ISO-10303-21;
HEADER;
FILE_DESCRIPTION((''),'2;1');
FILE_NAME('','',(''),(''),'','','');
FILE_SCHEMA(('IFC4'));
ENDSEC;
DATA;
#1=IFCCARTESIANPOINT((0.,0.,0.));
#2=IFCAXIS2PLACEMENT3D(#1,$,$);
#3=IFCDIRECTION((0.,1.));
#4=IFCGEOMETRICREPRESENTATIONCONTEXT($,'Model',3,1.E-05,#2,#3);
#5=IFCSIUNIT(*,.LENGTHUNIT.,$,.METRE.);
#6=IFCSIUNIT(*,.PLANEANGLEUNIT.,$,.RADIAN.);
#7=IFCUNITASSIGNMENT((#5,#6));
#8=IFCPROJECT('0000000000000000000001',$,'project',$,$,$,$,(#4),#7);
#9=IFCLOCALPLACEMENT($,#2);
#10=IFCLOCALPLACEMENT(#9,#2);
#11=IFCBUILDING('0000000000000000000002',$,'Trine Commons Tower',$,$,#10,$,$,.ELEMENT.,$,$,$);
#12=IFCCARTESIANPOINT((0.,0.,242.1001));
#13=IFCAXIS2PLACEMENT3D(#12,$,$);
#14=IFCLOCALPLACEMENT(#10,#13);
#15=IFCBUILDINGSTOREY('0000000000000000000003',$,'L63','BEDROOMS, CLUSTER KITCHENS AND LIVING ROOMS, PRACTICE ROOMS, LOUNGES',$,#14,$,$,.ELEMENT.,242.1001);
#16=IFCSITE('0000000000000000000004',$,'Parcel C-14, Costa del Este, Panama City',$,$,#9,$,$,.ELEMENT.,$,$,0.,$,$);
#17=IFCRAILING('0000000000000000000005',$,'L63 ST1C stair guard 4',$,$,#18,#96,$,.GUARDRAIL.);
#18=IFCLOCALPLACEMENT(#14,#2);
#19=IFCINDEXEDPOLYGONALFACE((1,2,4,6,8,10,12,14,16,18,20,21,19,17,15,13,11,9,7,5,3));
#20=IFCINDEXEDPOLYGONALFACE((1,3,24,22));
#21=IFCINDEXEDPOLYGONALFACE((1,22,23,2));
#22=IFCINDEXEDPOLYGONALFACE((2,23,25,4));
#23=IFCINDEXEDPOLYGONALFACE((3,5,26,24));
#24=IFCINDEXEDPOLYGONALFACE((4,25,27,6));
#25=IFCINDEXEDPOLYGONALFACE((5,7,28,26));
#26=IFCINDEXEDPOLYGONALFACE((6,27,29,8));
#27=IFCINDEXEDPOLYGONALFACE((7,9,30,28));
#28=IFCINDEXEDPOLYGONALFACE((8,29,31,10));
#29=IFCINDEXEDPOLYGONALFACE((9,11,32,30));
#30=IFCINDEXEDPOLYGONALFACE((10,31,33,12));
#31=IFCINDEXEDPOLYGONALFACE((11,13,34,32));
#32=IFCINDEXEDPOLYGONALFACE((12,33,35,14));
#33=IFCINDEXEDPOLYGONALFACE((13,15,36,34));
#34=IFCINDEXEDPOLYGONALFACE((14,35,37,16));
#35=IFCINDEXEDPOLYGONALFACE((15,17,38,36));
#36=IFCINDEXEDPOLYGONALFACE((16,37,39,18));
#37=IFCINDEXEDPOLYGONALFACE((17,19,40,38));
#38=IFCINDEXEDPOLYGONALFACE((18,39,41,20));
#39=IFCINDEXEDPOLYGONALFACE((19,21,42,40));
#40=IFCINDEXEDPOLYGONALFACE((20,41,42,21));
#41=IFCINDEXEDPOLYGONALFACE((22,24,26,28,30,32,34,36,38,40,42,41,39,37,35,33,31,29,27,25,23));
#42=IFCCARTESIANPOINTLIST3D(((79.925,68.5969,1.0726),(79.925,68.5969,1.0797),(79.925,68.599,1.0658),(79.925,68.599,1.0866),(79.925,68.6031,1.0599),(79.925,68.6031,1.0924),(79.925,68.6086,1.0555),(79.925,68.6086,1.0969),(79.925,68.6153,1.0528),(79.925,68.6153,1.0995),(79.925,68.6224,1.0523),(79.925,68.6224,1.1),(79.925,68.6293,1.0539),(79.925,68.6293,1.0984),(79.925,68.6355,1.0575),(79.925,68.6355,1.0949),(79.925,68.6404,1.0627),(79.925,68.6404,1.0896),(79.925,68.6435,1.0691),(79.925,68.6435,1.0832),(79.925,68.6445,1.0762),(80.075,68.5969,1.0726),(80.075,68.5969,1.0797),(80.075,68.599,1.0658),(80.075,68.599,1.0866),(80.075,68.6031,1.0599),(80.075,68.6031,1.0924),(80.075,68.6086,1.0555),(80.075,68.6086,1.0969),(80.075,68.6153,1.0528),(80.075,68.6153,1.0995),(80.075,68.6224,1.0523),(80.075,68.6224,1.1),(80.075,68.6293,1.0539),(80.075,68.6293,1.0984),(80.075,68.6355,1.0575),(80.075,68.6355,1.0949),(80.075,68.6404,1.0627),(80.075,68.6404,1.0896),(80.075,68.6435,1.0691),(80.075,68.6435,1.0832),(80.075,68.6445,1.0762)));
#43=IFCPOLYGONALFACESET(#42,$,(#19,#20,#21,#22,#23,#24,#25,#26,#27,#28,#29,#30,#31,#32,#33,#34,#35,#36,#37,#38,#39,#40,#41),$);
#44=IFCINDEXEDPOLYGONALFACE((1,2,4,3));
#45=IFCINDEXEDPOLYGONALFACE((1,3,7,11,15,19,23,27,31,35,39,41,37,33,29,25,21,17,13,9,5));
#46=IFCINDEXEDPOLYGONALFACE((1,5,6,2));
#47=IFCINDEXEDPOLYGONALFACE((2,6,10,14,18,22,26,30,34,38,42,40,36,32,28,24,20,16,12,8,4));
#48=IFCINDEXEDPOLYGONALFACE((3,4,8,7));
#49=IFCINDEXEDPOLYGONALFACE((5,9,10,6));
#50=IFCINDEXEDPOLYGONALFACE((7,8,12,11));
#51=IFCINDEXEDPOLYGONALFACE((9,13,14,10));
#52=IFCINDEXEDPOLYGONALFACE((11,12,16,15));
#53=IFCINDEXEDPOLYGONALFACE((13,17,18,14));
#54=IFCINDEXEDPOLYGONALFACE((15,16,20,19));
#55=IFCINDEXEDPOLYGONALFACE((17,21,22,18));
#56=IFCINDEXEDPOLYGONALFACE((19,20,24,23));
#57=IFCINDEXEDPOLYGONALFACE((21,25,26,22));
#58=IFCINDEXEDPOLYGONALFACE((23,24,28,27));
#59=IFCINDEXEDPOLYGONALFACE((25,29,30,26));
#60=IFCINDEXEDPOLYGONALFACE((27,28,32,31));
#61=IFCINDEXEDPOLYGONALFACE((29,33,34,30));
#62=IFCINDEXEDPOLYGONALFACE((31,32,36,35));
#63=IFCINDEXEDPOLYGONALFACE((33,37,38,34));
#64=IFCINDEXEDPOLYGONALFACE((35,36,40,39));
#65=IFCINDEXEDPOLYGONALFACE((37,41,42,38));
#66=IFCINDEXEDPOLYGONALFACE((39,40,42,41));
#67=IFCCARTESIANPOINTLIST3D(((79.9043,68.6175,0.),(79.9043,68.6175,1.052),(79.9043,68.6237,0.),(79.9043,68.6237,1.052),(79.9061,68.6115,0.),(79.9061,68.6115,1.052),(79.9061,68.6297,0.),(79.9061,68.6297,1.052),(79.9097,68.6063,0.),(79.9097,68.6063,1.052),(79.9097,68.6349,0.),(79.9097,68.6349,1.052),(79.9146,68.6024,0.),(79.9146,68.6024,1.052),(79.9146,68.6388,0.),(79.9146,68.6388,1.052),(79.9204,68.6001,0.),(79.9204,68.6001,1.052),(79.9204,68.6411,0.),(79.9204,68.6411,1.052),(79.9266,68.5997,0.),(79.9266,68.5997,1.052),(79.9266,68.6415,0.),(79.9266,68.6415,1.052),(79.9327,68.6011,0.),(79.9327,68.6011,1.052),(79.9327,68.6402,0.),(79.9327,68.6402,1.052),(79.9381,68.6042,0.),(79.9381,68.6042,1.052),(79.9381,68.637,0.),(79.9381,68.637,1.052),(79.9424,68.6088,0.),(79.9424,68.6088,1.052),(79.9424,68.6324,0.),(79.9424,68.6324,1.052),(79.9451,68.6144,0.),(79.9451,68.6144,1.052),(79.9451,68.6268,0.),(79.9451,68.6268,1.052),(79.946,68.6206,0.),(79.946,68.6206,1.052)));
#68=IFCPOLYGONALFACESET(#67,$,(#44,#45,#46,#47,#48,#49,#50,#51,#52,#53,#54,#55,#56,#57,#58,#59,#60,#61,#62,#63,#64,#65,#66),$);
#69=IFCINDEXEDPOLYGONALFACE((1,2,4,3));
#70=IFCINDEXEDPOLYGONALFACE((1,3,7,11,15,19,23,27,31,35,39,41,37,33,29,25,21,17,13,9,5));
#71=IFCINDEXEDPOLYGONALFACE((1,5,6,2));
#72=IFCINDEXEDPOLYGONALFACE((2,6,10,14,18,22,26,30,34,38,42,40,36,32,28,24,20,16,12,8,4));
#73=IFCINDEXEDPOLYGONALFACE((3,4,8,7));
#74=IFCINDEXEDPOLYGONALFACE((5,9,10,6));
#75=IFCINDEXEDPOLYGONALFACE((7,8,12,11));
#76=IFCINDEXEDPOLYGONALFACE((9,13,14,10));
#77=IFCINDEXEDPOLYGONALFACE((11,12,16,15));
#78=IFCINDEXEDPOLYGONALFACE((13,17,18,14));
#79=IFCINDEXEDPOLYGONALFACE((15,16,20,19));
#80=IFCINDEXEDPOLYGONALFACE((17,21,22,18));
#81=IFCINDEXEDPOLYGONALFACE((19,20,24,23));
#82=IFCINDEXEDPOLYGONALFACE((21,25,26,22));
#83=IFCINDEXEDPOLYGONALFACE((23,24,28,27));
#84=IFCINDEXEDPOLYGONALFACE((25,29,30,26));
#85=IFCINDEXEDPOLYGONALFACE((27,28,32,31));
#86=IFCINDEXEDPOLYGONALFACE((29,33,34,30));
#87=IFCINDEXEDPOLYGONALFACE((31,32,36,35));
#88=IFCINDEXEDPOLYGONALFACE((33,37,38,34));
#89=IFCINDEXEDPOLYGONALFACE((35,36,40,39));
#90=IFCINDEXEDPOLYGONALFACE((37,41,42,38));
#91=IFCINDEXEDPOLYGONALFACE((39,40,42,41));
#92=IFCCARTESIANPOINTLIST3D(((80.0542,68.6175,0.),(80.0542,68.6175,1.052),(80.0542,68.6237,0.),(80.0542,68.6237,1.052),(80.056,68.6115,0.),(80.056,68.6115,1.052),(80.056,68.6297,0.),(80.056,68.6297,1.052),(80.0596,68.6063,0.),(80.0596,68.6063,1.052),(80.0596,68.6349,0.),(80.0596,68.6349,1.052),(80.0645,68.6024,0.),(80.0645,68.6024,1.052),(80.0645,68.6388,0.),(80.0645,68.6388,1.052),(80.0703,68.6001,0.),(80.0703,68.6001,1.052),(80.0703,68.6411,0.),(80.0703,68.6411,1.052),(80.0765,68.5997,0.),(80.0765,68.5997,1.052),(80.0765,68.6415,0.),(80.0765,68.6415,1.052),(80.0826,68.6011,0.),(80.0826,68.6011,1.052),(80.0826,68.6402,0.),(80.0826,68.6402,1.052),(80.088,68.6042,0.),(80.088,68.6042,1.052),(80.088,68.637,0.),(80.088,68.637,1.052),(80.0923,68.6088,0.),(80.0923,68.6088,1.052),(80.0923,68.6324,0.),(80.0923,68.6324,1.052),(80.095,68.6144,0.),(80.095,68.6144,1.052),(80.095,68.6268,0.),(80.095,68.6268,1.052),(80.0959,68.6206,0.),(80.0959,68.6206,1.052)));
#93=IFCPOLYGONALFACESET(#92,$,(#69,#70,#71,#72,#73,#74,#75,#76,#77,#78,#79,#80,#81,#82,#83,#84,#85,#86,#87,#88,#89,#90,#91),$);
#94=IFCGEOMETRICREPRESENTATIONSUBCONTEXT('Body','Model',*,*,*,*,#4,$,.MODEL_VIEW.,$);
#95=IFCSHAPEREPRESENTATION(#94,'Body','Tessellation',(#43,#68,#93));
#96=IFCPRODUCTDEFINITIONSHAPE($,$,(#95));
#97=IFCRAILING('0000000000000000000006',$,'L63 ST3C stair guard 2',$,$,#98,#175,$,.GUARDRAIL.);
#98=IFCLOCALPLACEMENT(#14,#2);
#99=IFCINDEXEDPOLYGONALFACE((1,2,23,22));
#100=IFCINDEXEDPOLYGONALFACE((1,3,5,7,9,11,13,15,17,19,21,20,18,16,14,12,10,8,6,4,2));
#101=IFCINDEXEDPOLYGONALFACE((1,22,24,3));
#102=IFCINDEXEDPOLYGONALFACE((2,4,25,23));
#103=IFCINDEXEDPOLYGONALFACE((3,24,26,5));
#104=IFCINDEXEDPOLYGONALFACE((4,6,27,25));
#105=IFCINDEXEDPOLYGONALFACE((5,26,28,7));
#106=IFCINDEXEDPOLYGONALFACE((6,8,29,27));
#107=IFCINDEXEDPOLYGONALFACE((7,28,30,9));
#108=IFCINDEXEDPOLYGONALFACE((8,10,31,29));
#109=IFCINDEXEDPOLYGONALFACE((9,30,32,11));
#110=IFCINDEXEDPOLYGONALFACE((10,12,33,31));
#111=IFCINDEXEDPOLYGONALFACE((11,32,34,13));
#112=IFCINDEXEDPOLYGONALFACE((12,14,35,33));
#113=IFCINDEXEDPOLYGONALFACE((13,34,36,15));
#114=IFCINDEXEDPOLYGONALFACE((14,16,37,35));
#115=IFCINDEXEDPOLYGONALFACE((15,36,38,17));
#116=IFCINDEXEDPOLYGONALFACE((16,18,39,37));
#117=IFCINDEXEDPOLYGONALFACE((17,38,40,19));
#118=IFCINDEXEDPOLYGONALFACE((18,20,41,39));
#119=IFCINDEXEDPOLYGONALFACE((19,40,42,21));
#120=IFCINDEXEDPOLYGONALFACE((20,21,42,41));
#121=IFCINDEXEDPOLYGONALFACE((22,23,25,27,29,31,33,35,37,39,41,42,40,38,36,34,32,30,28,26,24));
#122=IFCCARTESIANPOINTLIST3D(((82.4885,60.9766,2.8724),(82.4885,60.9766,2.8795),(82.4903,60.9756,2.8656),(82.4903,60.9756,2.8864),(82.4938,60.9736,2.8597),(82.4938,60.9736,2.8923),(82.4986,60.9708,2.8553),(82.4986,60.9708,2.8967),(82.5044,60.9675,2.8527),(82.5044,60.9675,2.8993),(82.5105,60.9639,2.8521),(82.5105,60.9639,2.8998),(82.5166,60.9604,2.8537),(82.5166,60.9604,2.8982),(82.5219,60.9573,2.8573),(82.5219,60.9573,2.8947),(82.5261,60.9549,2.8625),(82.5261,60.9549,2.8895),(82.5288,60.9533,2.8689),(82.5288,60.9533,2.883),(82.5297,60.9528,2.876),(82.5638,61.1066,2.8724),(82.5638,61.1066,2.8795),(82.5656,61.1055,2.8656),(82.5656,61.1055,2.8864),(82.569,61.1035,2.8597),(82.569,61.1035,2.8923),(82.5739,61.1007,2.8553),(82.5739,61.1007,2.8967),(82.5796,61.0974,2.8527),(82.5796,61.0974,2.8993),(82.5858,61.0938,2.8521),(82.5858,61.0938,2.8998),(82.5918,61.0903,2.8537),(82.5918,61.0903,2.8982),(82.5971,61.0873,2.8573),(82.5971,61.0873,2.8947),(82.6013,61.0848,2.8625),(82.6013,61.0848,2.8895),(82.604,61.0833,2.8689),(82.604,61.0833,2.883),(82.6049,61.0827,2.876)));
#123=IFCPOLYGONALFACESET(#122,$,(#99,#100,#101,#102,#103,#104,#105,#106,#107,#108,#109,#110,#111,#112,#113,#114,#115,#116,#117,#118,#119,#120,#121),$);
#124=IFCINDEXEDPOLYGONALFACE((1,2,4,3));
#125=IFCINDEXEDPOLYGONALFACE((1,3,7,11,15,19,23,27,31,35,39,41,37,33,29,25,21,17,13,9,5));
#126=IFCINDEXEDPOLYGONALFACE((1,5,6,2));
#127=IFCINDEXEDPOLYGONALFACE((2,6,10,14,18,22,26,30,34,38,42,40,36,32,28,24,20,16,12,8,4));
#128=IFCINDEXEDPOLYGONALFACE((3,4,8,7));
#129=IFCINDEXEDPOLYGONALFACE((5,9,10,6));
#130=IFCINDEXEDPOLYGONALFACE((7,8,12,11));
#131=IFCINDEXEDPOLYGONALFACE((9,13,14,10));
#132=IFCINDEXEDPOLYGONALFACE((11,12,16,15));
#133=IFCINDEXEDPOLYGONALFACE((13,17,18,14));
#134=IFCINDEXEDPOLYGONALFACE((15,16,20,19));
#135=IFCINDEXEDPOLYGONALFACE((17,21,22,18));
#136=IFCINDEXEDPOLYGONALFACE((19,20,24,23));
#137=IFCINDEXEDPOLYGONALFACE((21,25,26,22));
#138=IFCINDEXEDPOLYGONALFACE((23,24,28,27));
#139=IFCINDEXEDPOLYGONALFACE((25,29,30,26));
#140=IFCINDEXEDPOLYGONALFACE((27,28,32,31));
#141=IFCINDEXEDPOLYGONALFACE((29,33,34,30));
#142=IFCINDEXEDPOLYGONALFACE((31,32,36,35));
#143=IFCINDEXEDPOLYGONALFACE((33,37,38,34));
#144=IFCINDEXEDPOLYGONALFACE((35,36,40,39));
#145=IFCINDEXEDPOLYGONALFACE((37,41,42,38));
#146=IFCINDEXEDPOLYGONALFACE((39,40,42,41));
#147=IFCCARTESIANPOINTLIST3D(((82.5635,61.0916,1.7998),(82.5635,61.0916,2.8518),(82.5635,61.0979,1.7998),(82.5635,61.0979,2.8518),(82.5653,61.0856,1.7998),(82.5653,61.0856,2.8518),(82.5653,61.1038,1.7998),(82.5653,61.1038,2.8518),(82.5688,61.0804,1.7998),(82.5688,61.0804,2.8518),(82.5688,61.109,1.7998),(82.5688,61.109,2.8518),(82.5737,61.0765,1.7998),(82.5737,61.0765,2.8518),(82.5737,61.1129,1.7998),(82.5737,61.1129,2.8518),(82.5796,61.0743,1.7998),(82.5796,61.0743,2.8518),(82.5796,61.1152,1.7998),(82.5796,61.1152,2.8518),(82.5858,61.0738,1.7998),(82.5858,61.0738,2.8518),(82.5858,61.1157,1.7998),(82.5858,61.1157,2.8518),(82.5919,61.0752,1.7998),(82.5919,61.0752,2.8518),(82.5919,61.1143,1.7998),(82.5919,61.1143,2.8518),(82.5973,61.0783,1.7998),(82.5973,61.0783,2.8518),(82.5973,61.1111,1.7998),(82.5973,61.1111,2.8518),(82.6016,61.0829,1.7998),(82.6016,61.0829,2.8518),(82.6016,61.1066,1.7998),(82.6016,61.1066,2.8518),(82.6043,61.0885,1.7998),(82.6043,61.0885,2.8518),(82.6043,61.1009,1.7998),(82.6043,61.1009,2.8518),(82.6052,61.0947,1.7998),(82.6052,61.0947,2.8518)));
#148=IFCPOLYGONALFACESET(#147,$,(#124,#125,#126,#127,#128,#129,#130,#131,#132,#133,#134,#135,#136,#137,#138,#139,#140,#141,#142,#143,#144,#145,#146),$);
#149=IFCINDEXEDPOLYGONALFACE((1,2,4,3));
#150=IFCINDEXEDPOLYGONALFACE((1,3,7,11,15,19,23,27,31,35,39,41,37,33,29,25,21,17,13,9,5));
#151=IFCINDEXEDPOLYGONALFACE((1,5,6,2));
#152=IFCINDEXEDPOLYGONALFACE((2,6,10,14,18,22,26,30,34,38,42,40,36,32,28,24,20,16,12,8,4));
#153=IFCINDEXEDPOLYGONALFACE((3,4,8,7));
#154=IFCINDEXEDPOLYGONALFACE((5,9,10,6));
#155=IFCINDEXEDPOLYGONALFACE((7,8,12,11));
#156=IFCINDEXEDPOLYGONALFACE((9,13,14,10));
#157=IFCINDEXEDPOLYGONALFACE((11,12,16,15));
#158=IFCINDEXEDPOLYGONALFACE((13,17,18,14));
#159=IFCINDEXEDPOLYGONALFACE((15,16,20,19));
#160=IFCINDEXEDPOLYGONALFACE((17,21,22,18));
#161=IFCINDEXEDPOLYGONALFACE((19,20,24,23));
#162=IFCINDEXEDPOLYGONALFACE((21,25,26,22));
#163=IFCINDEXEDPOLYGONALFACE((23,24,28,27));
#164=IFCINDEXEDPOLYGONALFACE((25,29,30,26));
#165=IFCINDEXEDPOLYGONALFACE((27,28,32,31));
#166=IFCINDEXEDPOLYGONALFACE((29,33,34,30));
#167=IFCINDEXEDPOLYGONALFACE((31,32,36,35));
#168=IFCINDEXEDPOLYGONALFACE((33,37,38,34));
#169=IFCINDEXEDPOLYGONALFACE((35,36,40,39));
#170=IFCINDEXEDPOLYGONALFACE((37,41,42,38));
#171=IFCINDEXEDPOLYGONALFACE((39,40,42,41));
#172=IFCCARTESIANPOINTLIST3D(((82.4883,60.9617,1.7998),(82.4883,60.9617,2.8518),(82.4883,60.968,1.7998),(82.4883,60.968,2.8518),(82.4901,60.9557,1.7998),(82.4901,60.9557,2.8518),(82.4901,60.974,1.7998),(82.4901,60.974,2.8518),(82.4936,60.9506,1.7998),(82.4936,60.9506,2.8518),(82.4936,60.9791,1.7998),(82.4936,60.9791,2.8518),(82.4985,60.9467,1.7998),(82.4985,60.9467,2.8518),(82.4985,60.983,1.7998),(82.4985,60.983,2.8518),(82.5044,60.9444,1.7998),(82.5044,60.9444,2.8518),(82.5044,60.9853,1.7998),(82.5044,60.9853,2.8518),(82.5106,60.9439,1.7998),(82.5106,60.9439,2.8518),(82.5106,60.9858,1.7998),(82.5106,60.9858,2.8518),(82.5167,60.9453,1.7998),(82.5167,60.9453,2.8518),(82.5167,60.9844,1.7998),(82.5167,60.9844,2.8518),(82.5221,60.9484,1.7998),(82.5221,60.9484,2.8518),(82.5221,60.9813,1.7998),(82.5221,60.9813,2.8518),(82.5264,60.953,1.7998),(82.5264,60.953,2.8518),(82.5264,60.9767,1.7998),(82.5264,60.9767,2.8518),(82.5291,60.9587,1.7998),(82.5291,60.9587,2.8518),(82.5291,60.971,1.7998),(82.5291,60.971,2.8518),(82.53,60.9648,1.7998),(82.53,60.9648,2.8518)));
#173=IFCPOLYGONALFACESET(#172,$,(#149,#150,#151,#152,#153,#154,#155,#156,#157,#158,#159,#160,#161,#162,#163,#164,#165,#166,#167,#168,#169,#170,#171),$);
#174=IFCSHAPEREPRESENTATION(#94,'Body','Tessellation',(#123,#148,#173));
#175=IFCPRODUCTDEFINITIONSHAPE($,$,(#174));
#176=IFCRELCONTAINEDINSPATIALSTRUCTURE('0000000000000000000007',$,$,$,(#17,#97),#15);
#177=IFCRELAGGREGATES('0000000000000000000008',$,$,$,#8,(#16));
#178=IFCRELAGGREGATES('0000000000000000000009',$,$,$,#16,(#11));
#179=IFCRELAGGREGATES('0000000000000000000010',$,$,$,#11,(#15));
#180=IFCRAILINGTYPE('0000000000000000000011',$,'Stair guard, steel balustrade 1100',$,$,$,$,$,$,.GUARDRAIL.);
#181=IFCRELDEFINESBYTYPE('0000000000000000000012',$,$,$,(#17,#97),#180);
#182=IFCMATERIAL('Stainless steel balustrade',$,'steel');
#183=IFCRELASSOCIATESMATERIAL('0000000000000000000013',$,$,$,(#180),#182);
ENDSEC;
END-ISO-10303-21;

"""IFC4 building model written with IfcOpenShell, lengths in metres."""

from ifc_helpers import new_model, si_unit, direction, frame, origin, origin_2d, place, context, subcontext, project, spatial, circle, extrude, material, type_object, element, save


model = new_model("IFC4")

# Units and contexts
model_context = context("Model", 3, precision=1e-05, world=origin(), true_north=direction((0.0, 1.0)))
body_context = subcontext(model_context, "Body", "Model", "MODEL_VIEW")
ifc_project = project(units=[si_unit("LENGTHUNIT", "METRE"), si_unit("PLANEANGLEUNIT", "RADIAN")], contexts=[model_context])

# Site, building, storey
site_placement = place(None, origin())
site = spatial("IfcSite", under=ifc_project, at=site_placement, Name="Parcel C-14, Costa del Este, Panama City", CompositionType="ELEMENT", RefElevation=0.0)
building_placement = place(site_placement, origin())
building = spatial("IfcBuilding", under=site, at=building_placement, Name="Trine Commons Tower", CompositionType="ELEMENT")
storey_placement = place(building_placement, frame((0.0, 0.0, 242.1001)))
storey = spatial("IfcBuildingStorey", under=building, at=storey_placement, Name="L63", Description="BEDROOMS, CLUSTER KITCHENS AND LIVING ROOMS, PRACTICE ROOMS, LOUNGES", CompositionType="ELEMENT", Elevation=242.1001)

# Railings
ifc_material_1 = material(Name="Stainless steel balustrade", Category="steel")
railing_type_1 = type_object("IfcRailingType", Name="Stair guard, steel balustrade 1100", PredefinedType="GUARDRAIL", material=ifc_material_1)
railing_1_placement = place(storey_placement, frame((79.925, 68.6206, 0.0)))
element("IfcRailing", 1, at=railing_1_placement, inside=storey, type_object=railing_type_1, Name="L63 ST1C stair guard 4", PredefinedType="GUARDRAIL", context=body_context, shape_type="SweptSolid", body=[
    extrude(circle(Radius=0.0239, at=origin_2d()), frame((0.0, 0.0, 1.0762), z_axis=(1.0, 0.0, 0.0), x_axis=(0.0, 1.0, 0.0)), (0.0, 0.0, 1.0), 0.1499),
    extrude(circle(Radius=0.021, at=origin_2d()), origin(), (0.0, 0.0, 1.0), 1.052),
    extrude(circle(Radius=0.021, at=origin_2d()), frame((0.1499, 0.0, 0.0)), (0.0, 0.0, 1.0), 1.052),
])
railing_2_placement = place(storey_placement, frame((82.5842, 61.0947, 1.7998)))
element("IfcRailing", 2, at=railing_2_placement, inside=storey, type_object=railing_type_1, Name="L63 ST3C stair guard 2", PredefinedType="GUARDRAIL", context=body_context, shape_type="SweptSolid", body=[
    extrude(circle(Radius=0.0239, at=origin_2d()), frame((0.0, 0.0, 1.0762), z_axis=(-0.501036, -0.865426, 0.0), x_axis=(0.865426, -0.501036, 0.0)), (0.0, 0.0, 1.0), 0.1501),
    extrude(circle(Radius=0.021, at=origin_2d()), origin(), (0.0, 0.0, 1.0), 1.052),
    extrude(circle(Radius=0.021, at=origin_2d()), frame((-0.0752, -0.1299, 0.0)), (0.0, 0.0, 1.0), 1.052),
])

save(model, "model.ifc")
